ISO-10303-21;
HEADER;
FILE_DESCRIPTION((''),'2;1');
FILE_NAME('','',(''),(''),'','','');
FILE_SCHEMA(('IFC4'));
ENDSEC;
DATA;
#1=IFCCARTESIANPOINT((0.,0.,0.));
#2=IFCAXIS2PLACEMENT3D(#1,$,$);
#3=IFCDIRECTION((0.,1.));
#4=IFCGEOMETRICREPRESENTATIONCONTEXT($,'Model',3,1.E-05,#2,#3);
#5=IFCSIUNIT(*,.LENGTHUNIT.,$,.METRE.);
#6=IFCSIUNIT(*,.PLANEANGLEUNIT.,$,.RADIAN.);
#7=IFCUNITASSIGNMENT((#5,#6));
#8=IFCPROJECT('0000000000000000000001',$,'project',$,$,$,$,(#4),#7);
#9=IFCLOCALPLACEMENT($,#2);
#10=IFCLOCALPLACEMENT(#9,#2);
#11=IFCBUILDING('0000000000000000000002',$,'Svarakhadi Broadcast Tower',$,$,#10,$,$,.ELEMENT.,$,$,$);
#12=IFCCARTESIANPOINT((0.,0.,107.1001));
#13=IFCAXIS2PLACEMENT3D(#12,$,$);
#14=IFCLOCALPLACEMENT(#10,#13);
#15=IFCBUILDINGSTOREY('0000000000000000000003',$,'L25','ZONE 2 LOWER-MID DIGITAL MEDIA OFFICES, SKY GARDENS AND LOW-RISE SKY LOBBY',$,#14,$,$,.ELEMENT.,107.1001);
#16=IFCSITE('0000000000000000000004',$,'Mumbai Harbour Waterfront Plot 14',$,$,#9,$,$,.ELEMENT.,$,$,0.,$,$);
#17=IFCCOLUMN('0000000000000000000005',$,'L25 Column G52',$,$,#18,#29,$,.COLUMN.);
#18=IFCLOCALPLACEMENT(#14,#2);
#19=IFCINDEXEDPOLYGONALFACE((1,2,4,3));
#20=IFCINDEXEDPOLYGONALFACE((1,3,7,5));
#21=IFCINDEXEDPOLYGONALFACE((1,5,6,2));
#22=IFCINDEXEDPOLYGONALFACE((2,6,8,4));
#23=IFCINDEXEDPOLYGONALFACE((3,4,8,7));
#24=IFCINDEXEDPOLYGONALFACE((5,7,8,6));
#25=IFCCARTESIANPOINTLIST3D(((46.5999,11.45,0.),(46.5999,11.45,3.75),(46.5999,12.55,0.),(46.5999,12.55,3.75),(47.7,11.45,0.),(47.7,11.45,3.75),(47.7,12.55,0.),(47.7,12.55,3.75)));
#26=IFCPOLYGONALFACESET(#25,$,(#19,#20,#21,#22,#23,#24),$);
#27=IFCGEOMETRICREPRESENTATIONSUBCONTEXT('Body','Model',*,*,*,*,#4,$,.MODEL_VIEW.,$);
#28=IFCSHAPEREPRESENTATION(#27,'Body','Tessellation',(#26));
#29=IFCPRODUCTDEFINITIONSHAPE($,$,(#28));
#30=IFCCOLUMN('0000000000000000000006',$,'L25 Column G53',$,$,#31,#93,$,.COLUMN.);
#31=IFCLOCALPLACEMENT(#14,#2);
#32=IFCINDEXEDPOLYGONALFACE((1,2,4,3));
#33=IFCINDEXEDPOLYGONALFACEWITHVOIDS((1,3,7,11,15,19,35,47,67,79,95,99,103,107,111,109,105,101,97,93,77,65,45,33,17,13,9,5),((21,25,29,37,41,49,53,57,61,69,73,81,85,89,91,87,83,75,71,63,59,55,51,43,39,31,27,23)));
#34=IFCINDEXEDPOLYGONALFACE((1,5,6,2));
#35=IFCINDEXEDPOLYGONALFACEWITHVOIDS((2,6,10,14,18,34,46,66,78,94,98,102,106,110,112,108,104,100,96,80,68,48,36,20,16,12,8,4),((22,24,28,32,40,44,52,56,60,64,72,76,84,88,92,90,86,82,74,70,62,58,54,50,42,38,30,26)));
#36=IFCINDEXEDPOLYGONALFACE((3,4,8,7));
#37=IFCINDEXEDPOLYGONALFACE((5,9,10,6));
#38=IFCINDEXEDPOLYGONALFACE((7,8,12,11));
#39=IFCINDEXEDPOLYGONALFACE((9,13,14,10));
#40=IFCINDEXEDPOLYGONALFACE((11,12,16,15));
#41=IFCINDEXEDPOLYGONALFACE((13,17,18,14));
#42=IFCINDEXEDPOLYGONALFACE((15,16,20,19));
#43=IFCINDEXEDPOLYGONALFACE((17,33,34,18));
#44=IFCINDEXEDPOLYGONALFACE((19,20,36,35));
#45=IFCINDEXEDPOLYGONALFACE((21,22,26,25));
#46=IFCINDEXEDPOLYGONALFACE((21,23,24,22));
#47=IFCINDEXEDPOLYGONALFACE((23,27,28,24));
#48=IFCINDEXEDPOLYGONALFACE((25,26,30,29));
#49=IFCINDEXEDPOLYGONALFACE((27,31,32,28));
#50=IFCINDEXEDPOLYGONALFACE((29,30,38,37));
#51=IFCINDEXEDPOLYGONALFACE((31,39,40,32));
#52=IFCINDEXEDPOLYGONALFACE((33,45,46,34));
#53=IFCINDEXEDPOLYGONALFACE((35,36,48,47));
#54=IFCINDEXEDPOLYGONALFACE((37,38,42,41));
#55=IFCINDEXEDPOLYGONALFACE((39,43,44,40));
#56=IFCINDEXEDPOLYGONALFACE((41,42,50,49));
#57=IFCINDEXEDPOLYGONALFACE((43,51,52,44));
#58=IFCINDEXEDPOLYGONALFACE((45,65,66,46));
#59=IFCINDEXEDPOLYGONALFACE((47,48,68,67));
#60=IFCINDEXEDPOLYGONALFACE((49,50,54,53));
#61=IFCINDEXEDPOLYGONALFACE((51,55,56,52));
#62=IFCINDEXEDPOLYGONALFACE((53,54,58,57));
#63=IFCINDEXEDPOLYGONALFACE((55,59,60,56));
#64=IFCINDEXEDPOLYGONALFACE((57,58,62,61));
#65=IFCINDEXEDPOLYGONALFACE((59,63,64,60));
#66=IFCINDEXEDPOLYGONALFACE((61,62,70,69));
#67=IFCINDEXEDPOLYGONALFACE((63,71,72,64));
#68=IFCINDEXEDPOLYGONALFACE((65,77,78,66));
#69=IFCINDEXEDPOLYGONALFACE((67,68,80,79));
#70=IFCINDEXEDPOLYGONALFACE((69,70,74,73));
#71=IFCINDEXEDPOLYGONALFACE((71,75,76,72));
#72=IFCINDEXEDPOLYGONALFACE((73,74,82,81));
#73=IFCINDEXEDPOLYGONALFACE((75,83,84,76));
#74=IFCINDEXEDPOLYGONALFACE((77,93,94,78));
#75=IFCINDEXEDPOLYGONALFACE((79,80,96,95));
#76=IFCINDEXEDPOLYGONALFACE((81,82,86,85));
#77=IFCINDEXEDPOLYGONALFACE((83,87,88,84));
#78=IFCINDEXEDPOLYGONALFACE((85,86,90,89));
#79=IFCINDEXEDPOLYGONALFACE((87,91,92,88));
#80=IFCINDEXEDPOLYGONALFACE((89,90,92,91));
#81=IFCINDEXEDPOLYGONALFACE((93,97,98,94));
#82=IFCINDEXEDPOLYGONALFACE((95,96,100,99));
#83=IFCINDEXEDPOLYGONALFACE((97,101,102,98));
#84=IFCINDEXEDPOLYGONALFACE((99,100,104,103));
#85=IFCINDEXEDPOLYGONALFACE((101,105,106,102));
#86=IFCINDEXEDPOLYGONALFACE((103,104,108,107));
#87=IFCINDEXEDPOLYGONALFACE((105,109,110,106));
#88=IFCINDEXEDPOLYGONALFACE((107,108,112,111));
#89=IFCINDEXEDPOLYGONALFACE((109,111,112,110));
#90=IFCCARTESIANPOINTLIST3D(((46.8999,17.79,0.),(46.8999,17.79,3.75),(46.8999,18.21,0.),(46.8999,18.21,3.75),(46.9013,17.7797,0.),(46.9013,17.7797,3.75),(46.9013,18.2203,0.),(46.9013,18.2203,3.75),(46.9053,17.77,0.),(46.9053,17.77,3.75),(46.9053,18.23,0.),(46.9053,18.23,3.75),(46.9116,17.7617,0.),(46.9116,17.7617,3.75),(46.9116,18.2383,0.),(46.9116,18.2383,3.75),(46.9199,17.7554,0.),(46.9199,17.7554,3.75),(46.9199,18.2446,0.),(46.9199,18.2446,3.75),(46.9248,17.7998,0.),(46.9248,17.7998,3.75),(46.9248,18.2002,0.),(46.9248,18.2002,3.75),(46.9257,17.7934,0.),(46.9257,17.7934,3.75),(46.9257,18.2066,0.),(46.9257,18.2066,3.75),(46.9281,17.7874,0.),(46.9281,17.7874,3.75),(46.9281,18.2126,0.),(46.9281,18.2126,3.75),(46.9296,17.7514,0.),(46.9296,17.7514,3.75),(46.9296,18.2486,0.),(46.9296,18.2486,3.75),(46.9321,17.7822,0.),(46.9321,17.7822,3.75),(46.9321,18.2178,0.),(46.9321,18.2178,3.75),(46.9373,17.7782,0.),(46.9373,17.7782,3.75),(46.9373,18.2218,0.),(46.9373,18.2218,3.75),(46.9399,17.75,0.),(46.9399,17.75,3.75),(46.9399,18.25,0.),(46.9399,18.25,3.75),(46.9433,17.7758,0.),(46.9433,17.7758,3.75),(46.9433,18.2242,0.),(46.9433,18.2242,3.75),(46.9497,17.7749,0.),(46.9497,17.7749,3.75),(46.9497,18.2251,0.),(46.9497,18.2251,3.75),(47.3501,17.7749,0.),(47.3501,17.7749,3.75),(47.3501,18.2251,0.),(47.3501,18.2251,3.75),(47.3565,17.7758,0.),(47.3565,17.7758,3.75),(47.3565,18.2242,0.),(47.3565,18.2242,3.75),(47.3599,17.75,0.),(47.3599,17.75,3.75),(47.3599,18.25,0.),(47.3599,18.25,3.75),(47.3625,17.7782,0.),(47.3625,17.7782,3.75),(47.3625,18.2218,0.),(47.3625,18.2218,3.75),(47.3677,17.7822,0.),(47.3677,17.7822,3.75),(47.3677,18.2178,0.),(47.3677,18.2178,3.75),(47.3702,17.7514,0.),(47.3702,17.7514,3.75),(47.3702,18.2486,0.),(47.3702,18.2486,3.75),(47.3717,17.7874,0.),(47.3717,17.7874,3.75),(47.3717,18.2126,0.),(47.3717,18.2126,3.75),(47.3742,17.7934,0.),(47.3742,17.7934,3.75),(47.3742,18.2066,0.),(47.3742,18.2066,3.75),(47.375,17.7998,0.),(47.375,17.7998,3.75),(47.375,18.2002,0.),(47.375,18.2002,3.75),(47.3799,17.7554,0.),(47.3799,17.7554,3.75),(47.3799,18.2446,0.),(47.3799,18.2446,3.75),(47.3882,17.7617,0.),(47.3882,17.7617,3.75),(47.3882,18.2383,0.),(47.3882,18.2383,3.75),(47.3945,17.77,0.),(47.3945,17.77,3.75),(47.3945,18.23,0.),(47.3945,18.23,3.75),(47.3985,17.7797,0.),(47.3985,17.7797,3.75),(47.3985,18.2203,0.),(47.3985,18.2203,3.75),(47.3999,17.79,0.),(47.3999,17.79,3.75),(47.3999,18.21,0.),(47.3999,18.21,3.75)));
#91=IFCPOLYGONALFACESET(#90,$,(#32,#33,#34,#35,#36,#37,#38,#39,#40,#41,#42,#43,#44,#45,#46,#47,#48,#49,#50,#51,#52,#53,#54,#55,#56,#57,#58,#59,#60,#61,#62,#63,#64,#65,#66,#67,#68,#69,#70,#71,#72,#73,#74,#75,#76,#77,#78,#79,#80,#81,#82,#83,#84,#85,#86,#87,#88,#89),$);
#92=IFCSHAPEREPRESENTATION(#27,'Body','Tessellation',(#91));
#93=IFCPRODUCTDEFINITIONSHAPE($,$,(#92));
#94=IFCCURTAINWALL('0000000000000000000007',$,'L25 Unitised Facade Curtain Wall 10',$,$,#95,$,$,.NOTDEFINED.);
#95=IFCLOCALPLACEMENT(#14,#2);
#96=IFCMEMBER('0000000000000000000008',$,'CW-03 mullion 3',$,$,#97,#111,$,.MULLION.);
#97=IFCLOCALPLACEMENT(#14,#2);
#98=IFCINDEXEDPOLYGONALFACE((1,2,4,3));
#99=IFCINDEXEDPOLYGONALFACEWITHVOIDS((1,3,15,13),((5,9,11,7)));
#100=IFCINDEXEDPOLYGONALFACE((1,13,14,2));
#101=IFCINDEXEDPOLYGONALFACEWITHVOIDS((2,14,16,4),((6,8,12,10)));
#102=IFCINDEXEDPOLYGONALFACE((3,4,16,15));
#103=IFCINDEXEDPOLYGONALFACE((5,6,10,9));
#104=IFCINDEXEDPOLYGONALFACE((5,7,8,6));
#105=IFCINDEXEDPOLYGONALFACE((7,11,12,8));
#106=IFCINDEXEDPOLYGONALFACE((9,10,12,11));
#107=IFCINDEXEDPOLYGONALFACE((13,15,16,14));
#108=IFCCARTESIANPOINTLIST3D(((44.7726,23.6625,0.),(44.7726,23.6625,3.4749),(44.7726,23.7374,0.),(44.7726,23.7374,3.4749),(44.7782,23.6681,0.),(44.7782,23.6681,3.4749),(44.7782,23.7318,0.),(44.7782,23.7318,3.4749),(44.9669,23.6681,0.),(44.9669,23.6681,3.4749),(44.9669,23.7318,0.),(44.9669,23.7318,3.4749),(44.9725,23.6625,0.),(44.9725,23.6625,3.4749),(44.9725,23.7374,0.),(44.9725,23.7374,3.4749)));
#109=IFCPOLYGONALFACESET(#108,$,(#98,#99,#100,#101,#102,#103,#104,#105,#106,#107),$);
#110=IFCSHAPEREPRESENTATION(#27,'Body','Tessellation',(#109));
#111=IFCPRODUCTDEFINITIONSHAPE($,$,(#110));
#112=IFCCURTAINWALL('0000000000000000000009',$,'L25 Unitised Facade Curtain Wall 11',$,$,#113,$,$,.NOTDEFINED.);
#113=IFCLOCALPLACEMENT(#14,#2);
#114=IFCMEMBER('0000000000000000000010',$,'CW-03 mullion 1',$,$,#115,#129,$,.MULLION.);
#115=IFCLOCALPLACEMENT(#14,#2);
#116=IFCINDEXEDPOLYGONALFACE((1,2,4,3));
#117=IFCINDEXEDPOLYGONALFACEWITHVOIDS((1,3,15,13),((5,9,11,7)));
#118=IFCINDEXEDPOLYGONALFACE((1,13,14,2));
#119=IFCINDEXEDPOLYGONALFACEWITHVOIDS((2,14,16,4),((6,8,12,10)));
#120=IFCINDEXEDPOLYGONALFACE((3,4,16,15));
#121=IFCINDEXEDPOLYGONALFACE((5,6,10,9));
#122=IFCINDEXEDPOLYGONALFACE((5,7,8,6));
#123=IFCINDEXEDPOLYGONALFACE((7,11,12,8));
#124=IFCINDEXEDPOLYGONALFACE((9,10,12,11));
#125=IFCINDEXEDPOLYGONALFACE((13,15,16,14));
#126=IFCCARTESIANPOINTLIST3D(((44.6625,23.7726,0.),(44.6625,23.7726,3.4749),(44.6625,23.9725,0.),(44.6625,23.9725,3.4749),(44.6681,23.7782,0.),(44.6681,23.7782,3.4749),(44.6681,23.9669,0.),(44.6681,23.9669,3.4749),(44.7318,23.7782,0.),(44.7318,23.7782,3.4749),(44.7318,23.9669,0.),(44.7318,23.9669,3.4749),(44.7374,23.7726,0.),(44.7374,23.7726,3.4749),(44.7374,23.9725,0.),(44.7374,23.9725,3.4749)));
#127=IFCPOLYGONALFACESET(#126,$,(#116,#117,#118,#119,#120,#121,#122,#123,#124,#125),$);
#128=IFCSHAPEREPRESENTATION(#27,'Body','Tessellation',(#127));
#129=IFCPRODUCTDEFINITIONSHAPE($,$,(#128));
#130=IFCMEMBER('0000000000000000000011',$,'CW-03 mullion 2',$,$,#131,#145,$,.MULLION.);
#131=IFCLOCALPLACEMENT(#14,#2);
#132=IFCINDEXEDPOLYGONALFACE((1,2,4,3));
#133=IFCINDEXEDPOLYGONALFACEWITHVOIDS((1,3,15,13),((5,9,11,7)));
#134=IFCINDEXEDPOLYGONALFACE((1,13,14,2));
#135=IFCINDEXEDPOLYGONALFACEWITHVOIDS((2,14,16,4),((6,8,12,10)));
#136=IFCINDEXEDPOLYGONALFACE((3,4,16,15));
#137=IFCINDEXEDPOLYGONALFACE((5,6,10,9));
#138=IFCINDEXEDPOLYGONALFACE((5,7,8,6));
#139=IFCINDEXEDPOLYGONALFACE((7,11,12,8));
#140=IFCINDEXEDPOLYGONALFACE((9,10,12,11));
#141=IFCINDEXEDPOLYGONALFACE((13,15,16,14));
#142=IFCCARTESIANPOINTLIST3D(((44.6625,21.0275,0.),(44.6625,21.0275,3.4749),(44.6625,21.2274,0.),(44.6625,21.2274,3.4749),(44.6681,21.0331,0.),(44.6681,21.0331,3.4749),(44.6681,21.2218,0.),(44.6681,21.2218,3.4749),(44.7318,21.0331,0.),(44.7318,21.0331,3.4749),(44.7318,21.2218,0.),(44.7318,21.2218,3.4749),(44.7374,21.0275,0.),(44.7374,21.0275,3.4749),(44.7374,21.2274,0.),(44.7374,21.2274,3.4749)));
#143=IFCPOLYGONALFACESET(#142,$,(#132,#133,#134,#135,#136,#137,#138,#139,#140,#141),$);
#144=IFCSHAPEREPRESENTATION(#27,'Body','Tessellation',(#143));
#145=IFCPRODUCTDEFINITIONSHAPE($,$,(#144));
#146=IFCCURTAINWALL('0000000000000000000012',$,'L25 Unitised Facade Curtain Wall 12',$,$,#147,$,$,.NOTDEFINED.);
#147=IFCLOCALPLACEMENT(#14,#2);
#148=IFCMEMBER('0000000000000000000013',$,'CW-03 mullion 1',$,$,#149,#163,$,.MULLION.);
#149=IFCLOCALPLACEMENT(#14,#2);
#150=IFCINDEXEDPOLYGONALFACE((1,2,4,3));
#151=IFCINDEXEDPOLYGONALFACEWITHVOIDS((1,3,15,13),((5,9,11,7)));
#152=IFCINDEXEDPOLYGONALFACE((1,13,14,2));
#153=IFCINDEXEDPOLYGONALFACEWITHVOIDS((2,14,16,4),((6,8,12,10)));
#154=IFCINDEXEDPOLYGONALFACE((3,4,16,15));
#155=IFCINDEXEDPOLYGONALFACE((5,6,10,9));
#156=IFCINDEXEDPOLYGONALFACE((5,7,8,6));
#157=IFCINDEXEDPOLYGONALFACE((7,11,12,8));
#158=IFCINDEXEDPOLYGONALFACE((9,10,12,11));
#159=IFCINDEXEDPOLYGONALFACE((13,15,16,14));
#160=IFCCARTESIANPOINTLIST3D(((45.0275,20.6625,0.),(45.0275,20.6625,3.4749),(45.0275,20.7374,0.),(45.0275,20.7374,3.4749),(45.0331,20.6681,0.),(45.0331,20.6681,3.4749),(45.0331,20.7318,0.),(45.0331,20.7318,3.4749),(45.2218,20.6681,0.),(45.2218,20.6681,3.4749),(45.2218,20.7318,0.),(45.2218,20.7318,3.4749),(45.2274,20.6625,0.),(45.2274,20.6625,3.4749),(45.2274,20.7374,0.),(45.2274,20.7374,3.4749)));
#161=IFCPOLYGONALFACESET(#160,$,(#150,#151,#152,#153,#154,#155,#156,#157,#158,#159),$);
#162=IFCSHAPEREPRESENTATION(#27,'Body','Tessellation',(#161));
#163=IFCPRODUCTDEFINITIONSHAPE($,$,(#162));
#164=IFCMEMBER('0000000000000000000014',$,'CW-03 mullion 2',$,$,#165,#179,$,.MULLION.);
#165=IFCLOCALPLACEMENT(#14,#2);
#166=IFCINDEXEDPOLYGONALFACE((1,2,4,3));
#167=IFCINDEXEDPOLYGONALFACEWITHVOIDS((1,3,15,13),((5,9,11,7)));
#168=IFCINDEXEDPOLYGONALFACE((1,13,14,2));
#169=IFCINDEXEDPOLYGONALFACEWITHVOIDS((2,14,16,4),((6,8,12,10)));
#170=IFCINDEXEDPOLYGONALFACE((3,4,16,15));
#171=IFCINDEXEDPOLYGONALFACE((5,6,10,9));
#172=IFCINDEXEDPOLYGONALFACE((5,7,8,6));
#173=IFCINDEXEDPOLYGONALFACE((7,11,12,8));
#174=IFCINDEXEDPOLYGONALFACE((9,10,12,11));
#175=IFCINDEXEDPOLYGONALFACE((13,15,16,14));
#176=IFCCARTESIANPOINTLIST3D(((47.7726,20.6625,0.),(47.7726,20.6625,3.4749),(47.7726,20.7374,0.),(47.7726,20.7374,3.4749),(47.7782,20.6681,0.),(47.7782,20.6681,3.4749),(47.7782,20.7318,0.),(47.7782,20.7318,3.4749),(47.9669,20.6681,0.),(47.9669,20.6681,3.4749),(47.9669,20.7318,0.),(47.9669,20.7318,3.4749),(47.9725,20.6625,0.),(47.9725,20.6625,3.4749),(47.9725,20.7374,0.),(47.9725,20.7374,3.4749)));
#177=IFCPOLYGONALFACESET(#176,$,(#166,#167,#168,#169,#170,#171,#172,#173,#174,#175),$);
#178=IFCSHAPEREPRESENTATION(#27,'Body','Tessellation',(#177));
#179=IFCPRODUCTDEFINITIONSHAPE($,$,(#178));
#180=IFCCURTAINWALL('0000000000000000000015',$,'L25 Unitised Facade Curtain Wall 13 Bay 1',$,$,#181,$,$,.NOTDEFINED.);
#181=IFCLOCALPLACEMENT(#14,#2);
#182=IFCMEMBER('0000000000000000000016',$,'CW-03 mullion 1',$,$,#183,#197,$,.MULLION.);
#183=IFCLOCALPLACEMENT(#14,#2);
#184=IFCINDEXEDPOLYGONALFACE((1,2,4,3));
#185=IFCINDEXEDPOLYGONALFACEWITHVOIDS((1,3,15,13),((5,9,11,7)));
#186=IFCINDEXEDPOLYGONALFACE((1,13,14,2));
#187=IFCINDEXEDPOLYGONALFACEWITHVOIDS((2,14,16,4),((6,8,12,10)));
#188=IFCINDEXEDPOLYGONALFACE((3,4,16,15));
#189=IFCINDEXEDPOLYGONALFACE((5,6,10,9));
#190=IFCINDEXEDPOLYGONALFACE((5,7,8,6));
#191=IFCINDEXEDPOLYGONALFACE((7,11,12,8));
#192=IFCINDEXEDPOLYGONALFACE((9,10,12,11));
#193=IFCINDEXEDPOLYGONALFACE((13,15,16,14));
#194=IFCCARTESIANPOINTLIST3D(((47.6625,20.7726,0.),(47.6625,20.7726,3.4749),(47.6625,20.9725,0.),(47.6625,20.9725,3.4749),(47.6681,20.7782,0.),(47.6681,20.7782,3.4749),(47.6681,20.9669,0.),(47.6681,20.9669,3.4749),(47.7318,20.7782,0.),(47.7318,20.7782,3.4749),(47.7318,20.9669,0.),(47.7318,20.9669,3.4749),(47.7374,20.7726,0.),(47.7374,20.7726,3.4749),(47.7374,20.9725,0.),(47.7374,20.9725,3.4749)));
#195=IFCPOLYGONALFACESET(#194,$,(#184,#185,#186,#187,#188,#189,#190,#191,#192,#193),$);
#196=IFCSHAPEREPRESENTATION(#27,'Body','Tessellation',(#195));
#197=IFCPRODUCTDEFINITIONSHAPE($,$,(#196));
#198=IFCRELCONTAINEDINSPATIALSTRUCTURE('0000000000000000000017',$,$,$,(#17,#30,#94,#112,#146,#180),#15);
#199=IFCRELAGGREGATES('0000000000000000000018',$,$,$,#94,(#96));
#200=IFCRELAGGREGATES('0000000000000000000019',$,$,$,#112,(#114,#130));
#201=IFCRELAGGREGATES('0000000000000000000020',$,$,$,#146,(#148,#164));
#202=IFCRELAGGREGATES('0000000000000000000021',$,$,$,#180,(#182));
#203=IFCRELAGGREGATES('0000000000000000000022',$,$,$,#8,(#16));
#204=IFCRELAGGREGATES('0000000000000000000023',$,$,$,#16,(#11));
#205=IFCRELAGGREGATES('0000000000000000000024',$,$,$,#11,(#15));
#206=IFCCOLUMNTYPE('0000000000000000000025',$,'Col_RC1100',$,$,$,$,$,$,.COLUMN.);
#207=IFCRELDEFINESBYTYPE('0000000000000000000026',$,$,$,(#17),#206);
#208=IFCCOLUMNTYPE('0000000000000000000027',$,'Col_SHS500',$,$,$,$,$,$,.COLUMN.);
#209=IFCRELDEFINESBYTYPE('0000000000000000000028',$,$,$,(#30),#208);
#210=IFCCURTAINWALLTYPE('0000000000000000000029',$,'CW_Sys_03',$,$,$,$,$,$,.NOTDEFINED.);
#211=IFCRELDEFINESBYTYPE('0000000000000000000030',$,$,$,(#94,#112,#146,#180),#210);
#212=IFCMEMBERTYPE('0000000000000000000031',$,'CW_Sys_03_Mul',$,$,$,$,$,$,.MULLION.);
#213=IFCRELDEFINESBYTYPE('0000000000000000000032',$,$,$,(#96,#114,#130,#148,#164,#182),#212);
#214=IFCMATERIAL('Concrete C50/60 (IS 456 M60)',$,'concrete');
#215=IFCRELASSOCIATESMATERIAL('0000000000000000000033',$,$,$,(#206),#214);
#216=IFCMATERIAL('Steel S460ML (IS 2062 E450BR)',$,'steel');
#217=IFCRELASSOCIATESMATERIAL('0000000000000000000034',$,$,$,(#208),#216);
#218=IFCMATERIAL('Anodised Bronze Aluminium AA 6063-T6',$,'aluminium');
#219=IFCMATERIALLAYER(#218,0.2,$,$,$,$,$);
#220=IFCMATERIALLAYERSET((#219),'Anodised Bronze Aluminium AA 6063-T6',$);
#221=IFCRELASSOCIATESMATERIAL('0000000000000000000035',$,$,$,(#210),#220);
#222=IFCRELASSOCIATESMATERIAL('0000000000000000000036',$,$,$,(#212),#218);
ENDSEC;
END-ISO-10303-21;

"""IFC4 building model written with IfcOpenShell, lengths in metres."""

from ifc_helpers import new_model, si_unit, direction, frame, origin, origin_2d, place, context, subcontext, project, spatial, rectangle, hollow_rectangle, extrude, material, layer, layer_set, material_profile, profile_set, type_object, element, aggregate, save


model = new_model("IFC4")

# Units and contexts
model_context = context("Model", 3, precision=1e-05, world=origin(), true_north=direction((0.0, 1.0)))
body_context = subcontext(model_context, "Body", "Model", "MODEL_VIEW")
ifc_project = project(units=[si_unit("LENGTHUNIT", "METRE"), si_unit("PLANEANGLEUNIT", "RADIAN")], contexts=[model_context])

# Site, building, storey
site_placement = place(None, origin())
site = spatial("IfcSite", under=ifc_project, at=site_placement, Name="Mumbai Harbour Waterfront Plot 14", CompositionType="ELEMENT", RefElevation=0.0)
building_placement = place(site_placement, origin())
building = spatial("IfcBuilding", under=site, at=building_placement, Name="Svarakhadi Broadcast Tower", CompositionType="ELEMENT")
storey_placement = place(building_placement, frame((0.0, 0.0, 107.1001)))
storey = spatial("IfcBuildingStorey", under=building, at=storey_placement, Name="L25", Description="ZONE 2 LOWER-MID DIGITAL MEDIA OFFICES, SKY GARDENS AND LOW-RISE SKY LOBBY", CompositionType="ELEMENT", Elevation=107.1001)

# Columns
ifc_material_1 = material(Name="Concrete C50/60 (IS 456 M60)", Category="concrete")
ifc_material_profile_1 = material_profile(ifc_material_1, rectangle(XDim=1.1001, YDim=1.1001, at=origin_2d()), Name="RC 1100x1100")
ifc_profile_set_1 = profile_set([ifc_material_profile_1], Name="Concrete C50/60 (IS 456 M60)")
column_type_1 = type_object("IfcColumnType", Name="Col_RC1100", PredefinedType="COLUMN", material=ifc_profile_set_1)
column_1_placement = place(storey_placement, frame((47.1499, 12.0, 0.0), z_axis=(0.0, 0.0, 1.0), x_axis=(1.0, 0.0, 0.0)))
element("IfcColumn", 1, at=column_1_placement, inside=storey, type_object=column_type_1, Name="L25 Column G52", PredefinedType="COLUMN", context=body_context, shape_type="SweptSolid", body=[
    extrude(rectangle(XDim=1.1001, YDim=1.1001, at=origin_2d()), origin(), (0.0, 0.0, 1.0), 3.75),
])
ifc_material_2 = material(Name="Steel S460ML (IS 2062 E450BR)", Category="steel")
ifc_material_profile_2 = material_profile(ifc_material_2, hollow_rectangle(XDim=0.5, YDim=0.5, WallThickness=0.0249, InnerFilletRadius=0.0249, OuterFilletRadius=0.04, at=origin_2d()), Name="SHS 500x500x25")
ifc_profile_set_2 = profile_set([ifc_material_profile_2], Name="Steel S460ML (IS 2062 E450BR)")
column_type_2 = type_object("IfcColumnType", Name="Col_SHS500", PredefinedType="COLUMN", material=ifc_profile_set_2)
column_2_placement = place(storey_placement, frame((47.1499, 18.0, 0.0), z_axis=(0.0, 0.0, 1.0), x_axis=(1.0, 0.0, 0.0)))
element("IfcColumn", 2, at=column_2_placement, inside=storey, type_object=column_type_2, Name="L25 Column G53", PredefinedType="COLUMN", context=body_context, shape_type="SweptSolid", body=[
    extrude(hollow_rectangle(XDim=0.5, YDim=0.5, WallThickness=0.0249, InnerFilletRadius=0.0249, OuterFilletRadius=0.04, at=origin_2d()), origin(), (0.0, 0.0, 1.0), 3.75),
])

# Curtain wall, member
ifc_material_3 = material(Name="Anodised Bronze Aluminium AA 6063-T6", Category="aluminium")
ifc_layer_1 = layer(ifc_material_3, 0.2)
ifc_layer_set_1 = layer_set([ifc_layer_1], Name="Anodised Bronze Aluminium AA 6063-T6")
curtain_wall_type = type_object("IfcCurtainWallType", Name="CW_Sys_03", PredefinedType="NOTDEFINED", material=ifc_layer_set_1)
curtain_wall_1_placement = place(storey_placement, origin())
curtain_wall_1 = element("IfcCurtainWall", 3, at=curtain_wall_1_placement, inside=storey, type_object=curtain_wall_type, Name="L25 Unitised Facade Curtain Wall 10", PredefinedType="NOTDEFINED")
ifc_material_profile_3 = material_profile(ifc_material_3, hollow_rectangle(XDim=0.075, YDim=0.2, WallThickness=0.0056, at=origin_2d()), Name="ALU MULLION 200x75x6")
ifc_profile_set_3 = profile_set([ifc_material_profile_3], Name="Anodised Bronze Aluminium AA 6063-T6")
member_type_1 = type_object("IfcMemberType", Name="CW_Sys_03_Mul", PredefinedType="MULLION", material=ifc_profile_set_3)
member_1_placement = place(storey_placement, frame((44.8726, 23.7, 0.0), z_axis=(0.0, 0.0, 1.0), x_axis=(0.0, 1.0, 0.0)))
member_1 = element("IfcMember", 4, at=member_1_placement, type_object=member_type_1, Name="CW-03 mullion 3", PredefinedType="MULLION", context=body_context, shape_type="SweptSolid", body=[
    extrude(hollow_rectangle(XDim=0.075, YDim=0.2, WallThickness=0.0056, at=origin_2d()), origin(), (0.0, 0.0, 1.0), 3.4749),
])
aggregate(curtain_wall_1, [member_1])

# Curtain walls, members
curtain_wall_2_placement = place(storey_placement, origin())
curtain_wall_2 = element("IfcCurtainWall", 5, at=curtain_wall_2_placement, inside=storey, type_object=curtain_wall_type, Name="L25 Unitised Facade Curtain Wall 11", PredefinedType="NOTDEFINED")
member_2_placement = place(storey_placement, frame((44.7, 23.8726, 0.0), z_axis=(0.0, 0.0, 1.0), x_axis=(1.0, 0.0, 0.0)))
member_2 = element("IfcMember", 6, at=member_2_placement, type_object=member_type_1, Name="CW-03 mullion 1", PredefinedType="MULLION", context=body_context, shape_type="SweptSolid", body=[
    extrude(hollow_rectangle(XDim=0.075, YDim=0.2, WallThickness=0.0056, at=origin_2d()), origin(), (0.0, 0.0, 1.0), 3.4749),
])
member_3_placement = place(storey_placement, frame((44.7, 21.1274, 0.0), z_axis=(0.0, 0.0, 1.0), x_axis=(1.0, 0.0, 0.0)))
member_3 = element("IfcMember", 7, at=member_3_placement, type_object=member_type_1, Name="CW-03 mullion 2", PredefinedType="MULLION", context=body_context, shape_type="SweptSolid", body=[
    extrude(hollow_rectangle(XDim=0.075, YDim=0.2, WallThickness=0.0056, at=origin_2d()), origin(), (0.0, 0.0, 1.0), 3.4749),
])
curtain_wall_3_placement = place(storey_placement, origin())
curtain_wall_3 = element("IfcCurtainWall", 8, at=curtain_wall_3_placement, inside=storey, type_object=curtain_wall_type, Name="L25 Unitised Facade Curtain Wall 12", PredefinedType="NOTDEFINED")
member_4_placement = place(storey_placement, frame((45.1274, 20.7, 0.0), z_axis=(0.0, 0.0, 1.0), x_axis=(0.0, 1.0, 0.0)))
member_4 = element("IfcMember", 9, at=member_4_placement, type_object=member_type_1, Name="CW-03 mullion 1", PredefinedType="MULLION", context=body_context, shape_type="SweptSolid", body=[
    extrude(hollow_rectangle(XDim=0.075, YDim=0.2, WallThickness=0.0056, at=origin_2d()), origin(), (0.0, 0.0, 1.0), 3.4749),
])
member_5_placement = place(storey_placement, frame((47.8726, 20.7, 0.0), z_axis=(0.0, 0.0, 1.0), x_axis=(0.0, 1.0, 0.0)))
member_5 = element("IfcMember", 10, at=member_5_placement, type_object=member_type_1, Name="CW-03 mullion 2", PredefinedType="MULLION", context=body_context, shape_type="SweptSolid", body=[
    extrude(hollow_rectangle(XDim=0.075, YDim=0.2, WallThickness=0.0056, at=origin_2d()), origin(), (0.0, 0.0, 1.0), 3.4749),
])
curtain_wall_4_placement = place(storey_placement, origin())
curtain_wall_4 = element("IfcCurtainWall", 11, at=curtain_wall_4_placement, inside=storey, type_object=curtain_wall_type, Name="L25 Unitised Facade Curtain Wall 13 Bay 1", PredefinedType="NOTDEFINED")
member_6_placement = place(storey_placement, frame((47.7, 20.8726, 0.0), z_axis=(0.0, 0.0, 1.0), x_axis=(1.0, 0.0, 0.0)))
member_6 = element("IfcMember", 12, at=member_6_placement, type_object=member_type_1, Name="CW-03 mullion 1", PredefinedType="MULLION", context=body_context, shape_type="SweptSolid", body=[
    extrude(hollow_rectangle(XDim=0.075, YDim=0.2, WallThickness=0.0056, at=origin_2d()), origin(), (0.0, 0.0, 1.0), 3.4749),
])

aggregate(curtain_wall_2, [member_2, member_3])
aggregate(curtain_wall_3, [member_4, member_5])
aggregate(curtain_wall_4, [member_6])

save(model, "model.ifc")
